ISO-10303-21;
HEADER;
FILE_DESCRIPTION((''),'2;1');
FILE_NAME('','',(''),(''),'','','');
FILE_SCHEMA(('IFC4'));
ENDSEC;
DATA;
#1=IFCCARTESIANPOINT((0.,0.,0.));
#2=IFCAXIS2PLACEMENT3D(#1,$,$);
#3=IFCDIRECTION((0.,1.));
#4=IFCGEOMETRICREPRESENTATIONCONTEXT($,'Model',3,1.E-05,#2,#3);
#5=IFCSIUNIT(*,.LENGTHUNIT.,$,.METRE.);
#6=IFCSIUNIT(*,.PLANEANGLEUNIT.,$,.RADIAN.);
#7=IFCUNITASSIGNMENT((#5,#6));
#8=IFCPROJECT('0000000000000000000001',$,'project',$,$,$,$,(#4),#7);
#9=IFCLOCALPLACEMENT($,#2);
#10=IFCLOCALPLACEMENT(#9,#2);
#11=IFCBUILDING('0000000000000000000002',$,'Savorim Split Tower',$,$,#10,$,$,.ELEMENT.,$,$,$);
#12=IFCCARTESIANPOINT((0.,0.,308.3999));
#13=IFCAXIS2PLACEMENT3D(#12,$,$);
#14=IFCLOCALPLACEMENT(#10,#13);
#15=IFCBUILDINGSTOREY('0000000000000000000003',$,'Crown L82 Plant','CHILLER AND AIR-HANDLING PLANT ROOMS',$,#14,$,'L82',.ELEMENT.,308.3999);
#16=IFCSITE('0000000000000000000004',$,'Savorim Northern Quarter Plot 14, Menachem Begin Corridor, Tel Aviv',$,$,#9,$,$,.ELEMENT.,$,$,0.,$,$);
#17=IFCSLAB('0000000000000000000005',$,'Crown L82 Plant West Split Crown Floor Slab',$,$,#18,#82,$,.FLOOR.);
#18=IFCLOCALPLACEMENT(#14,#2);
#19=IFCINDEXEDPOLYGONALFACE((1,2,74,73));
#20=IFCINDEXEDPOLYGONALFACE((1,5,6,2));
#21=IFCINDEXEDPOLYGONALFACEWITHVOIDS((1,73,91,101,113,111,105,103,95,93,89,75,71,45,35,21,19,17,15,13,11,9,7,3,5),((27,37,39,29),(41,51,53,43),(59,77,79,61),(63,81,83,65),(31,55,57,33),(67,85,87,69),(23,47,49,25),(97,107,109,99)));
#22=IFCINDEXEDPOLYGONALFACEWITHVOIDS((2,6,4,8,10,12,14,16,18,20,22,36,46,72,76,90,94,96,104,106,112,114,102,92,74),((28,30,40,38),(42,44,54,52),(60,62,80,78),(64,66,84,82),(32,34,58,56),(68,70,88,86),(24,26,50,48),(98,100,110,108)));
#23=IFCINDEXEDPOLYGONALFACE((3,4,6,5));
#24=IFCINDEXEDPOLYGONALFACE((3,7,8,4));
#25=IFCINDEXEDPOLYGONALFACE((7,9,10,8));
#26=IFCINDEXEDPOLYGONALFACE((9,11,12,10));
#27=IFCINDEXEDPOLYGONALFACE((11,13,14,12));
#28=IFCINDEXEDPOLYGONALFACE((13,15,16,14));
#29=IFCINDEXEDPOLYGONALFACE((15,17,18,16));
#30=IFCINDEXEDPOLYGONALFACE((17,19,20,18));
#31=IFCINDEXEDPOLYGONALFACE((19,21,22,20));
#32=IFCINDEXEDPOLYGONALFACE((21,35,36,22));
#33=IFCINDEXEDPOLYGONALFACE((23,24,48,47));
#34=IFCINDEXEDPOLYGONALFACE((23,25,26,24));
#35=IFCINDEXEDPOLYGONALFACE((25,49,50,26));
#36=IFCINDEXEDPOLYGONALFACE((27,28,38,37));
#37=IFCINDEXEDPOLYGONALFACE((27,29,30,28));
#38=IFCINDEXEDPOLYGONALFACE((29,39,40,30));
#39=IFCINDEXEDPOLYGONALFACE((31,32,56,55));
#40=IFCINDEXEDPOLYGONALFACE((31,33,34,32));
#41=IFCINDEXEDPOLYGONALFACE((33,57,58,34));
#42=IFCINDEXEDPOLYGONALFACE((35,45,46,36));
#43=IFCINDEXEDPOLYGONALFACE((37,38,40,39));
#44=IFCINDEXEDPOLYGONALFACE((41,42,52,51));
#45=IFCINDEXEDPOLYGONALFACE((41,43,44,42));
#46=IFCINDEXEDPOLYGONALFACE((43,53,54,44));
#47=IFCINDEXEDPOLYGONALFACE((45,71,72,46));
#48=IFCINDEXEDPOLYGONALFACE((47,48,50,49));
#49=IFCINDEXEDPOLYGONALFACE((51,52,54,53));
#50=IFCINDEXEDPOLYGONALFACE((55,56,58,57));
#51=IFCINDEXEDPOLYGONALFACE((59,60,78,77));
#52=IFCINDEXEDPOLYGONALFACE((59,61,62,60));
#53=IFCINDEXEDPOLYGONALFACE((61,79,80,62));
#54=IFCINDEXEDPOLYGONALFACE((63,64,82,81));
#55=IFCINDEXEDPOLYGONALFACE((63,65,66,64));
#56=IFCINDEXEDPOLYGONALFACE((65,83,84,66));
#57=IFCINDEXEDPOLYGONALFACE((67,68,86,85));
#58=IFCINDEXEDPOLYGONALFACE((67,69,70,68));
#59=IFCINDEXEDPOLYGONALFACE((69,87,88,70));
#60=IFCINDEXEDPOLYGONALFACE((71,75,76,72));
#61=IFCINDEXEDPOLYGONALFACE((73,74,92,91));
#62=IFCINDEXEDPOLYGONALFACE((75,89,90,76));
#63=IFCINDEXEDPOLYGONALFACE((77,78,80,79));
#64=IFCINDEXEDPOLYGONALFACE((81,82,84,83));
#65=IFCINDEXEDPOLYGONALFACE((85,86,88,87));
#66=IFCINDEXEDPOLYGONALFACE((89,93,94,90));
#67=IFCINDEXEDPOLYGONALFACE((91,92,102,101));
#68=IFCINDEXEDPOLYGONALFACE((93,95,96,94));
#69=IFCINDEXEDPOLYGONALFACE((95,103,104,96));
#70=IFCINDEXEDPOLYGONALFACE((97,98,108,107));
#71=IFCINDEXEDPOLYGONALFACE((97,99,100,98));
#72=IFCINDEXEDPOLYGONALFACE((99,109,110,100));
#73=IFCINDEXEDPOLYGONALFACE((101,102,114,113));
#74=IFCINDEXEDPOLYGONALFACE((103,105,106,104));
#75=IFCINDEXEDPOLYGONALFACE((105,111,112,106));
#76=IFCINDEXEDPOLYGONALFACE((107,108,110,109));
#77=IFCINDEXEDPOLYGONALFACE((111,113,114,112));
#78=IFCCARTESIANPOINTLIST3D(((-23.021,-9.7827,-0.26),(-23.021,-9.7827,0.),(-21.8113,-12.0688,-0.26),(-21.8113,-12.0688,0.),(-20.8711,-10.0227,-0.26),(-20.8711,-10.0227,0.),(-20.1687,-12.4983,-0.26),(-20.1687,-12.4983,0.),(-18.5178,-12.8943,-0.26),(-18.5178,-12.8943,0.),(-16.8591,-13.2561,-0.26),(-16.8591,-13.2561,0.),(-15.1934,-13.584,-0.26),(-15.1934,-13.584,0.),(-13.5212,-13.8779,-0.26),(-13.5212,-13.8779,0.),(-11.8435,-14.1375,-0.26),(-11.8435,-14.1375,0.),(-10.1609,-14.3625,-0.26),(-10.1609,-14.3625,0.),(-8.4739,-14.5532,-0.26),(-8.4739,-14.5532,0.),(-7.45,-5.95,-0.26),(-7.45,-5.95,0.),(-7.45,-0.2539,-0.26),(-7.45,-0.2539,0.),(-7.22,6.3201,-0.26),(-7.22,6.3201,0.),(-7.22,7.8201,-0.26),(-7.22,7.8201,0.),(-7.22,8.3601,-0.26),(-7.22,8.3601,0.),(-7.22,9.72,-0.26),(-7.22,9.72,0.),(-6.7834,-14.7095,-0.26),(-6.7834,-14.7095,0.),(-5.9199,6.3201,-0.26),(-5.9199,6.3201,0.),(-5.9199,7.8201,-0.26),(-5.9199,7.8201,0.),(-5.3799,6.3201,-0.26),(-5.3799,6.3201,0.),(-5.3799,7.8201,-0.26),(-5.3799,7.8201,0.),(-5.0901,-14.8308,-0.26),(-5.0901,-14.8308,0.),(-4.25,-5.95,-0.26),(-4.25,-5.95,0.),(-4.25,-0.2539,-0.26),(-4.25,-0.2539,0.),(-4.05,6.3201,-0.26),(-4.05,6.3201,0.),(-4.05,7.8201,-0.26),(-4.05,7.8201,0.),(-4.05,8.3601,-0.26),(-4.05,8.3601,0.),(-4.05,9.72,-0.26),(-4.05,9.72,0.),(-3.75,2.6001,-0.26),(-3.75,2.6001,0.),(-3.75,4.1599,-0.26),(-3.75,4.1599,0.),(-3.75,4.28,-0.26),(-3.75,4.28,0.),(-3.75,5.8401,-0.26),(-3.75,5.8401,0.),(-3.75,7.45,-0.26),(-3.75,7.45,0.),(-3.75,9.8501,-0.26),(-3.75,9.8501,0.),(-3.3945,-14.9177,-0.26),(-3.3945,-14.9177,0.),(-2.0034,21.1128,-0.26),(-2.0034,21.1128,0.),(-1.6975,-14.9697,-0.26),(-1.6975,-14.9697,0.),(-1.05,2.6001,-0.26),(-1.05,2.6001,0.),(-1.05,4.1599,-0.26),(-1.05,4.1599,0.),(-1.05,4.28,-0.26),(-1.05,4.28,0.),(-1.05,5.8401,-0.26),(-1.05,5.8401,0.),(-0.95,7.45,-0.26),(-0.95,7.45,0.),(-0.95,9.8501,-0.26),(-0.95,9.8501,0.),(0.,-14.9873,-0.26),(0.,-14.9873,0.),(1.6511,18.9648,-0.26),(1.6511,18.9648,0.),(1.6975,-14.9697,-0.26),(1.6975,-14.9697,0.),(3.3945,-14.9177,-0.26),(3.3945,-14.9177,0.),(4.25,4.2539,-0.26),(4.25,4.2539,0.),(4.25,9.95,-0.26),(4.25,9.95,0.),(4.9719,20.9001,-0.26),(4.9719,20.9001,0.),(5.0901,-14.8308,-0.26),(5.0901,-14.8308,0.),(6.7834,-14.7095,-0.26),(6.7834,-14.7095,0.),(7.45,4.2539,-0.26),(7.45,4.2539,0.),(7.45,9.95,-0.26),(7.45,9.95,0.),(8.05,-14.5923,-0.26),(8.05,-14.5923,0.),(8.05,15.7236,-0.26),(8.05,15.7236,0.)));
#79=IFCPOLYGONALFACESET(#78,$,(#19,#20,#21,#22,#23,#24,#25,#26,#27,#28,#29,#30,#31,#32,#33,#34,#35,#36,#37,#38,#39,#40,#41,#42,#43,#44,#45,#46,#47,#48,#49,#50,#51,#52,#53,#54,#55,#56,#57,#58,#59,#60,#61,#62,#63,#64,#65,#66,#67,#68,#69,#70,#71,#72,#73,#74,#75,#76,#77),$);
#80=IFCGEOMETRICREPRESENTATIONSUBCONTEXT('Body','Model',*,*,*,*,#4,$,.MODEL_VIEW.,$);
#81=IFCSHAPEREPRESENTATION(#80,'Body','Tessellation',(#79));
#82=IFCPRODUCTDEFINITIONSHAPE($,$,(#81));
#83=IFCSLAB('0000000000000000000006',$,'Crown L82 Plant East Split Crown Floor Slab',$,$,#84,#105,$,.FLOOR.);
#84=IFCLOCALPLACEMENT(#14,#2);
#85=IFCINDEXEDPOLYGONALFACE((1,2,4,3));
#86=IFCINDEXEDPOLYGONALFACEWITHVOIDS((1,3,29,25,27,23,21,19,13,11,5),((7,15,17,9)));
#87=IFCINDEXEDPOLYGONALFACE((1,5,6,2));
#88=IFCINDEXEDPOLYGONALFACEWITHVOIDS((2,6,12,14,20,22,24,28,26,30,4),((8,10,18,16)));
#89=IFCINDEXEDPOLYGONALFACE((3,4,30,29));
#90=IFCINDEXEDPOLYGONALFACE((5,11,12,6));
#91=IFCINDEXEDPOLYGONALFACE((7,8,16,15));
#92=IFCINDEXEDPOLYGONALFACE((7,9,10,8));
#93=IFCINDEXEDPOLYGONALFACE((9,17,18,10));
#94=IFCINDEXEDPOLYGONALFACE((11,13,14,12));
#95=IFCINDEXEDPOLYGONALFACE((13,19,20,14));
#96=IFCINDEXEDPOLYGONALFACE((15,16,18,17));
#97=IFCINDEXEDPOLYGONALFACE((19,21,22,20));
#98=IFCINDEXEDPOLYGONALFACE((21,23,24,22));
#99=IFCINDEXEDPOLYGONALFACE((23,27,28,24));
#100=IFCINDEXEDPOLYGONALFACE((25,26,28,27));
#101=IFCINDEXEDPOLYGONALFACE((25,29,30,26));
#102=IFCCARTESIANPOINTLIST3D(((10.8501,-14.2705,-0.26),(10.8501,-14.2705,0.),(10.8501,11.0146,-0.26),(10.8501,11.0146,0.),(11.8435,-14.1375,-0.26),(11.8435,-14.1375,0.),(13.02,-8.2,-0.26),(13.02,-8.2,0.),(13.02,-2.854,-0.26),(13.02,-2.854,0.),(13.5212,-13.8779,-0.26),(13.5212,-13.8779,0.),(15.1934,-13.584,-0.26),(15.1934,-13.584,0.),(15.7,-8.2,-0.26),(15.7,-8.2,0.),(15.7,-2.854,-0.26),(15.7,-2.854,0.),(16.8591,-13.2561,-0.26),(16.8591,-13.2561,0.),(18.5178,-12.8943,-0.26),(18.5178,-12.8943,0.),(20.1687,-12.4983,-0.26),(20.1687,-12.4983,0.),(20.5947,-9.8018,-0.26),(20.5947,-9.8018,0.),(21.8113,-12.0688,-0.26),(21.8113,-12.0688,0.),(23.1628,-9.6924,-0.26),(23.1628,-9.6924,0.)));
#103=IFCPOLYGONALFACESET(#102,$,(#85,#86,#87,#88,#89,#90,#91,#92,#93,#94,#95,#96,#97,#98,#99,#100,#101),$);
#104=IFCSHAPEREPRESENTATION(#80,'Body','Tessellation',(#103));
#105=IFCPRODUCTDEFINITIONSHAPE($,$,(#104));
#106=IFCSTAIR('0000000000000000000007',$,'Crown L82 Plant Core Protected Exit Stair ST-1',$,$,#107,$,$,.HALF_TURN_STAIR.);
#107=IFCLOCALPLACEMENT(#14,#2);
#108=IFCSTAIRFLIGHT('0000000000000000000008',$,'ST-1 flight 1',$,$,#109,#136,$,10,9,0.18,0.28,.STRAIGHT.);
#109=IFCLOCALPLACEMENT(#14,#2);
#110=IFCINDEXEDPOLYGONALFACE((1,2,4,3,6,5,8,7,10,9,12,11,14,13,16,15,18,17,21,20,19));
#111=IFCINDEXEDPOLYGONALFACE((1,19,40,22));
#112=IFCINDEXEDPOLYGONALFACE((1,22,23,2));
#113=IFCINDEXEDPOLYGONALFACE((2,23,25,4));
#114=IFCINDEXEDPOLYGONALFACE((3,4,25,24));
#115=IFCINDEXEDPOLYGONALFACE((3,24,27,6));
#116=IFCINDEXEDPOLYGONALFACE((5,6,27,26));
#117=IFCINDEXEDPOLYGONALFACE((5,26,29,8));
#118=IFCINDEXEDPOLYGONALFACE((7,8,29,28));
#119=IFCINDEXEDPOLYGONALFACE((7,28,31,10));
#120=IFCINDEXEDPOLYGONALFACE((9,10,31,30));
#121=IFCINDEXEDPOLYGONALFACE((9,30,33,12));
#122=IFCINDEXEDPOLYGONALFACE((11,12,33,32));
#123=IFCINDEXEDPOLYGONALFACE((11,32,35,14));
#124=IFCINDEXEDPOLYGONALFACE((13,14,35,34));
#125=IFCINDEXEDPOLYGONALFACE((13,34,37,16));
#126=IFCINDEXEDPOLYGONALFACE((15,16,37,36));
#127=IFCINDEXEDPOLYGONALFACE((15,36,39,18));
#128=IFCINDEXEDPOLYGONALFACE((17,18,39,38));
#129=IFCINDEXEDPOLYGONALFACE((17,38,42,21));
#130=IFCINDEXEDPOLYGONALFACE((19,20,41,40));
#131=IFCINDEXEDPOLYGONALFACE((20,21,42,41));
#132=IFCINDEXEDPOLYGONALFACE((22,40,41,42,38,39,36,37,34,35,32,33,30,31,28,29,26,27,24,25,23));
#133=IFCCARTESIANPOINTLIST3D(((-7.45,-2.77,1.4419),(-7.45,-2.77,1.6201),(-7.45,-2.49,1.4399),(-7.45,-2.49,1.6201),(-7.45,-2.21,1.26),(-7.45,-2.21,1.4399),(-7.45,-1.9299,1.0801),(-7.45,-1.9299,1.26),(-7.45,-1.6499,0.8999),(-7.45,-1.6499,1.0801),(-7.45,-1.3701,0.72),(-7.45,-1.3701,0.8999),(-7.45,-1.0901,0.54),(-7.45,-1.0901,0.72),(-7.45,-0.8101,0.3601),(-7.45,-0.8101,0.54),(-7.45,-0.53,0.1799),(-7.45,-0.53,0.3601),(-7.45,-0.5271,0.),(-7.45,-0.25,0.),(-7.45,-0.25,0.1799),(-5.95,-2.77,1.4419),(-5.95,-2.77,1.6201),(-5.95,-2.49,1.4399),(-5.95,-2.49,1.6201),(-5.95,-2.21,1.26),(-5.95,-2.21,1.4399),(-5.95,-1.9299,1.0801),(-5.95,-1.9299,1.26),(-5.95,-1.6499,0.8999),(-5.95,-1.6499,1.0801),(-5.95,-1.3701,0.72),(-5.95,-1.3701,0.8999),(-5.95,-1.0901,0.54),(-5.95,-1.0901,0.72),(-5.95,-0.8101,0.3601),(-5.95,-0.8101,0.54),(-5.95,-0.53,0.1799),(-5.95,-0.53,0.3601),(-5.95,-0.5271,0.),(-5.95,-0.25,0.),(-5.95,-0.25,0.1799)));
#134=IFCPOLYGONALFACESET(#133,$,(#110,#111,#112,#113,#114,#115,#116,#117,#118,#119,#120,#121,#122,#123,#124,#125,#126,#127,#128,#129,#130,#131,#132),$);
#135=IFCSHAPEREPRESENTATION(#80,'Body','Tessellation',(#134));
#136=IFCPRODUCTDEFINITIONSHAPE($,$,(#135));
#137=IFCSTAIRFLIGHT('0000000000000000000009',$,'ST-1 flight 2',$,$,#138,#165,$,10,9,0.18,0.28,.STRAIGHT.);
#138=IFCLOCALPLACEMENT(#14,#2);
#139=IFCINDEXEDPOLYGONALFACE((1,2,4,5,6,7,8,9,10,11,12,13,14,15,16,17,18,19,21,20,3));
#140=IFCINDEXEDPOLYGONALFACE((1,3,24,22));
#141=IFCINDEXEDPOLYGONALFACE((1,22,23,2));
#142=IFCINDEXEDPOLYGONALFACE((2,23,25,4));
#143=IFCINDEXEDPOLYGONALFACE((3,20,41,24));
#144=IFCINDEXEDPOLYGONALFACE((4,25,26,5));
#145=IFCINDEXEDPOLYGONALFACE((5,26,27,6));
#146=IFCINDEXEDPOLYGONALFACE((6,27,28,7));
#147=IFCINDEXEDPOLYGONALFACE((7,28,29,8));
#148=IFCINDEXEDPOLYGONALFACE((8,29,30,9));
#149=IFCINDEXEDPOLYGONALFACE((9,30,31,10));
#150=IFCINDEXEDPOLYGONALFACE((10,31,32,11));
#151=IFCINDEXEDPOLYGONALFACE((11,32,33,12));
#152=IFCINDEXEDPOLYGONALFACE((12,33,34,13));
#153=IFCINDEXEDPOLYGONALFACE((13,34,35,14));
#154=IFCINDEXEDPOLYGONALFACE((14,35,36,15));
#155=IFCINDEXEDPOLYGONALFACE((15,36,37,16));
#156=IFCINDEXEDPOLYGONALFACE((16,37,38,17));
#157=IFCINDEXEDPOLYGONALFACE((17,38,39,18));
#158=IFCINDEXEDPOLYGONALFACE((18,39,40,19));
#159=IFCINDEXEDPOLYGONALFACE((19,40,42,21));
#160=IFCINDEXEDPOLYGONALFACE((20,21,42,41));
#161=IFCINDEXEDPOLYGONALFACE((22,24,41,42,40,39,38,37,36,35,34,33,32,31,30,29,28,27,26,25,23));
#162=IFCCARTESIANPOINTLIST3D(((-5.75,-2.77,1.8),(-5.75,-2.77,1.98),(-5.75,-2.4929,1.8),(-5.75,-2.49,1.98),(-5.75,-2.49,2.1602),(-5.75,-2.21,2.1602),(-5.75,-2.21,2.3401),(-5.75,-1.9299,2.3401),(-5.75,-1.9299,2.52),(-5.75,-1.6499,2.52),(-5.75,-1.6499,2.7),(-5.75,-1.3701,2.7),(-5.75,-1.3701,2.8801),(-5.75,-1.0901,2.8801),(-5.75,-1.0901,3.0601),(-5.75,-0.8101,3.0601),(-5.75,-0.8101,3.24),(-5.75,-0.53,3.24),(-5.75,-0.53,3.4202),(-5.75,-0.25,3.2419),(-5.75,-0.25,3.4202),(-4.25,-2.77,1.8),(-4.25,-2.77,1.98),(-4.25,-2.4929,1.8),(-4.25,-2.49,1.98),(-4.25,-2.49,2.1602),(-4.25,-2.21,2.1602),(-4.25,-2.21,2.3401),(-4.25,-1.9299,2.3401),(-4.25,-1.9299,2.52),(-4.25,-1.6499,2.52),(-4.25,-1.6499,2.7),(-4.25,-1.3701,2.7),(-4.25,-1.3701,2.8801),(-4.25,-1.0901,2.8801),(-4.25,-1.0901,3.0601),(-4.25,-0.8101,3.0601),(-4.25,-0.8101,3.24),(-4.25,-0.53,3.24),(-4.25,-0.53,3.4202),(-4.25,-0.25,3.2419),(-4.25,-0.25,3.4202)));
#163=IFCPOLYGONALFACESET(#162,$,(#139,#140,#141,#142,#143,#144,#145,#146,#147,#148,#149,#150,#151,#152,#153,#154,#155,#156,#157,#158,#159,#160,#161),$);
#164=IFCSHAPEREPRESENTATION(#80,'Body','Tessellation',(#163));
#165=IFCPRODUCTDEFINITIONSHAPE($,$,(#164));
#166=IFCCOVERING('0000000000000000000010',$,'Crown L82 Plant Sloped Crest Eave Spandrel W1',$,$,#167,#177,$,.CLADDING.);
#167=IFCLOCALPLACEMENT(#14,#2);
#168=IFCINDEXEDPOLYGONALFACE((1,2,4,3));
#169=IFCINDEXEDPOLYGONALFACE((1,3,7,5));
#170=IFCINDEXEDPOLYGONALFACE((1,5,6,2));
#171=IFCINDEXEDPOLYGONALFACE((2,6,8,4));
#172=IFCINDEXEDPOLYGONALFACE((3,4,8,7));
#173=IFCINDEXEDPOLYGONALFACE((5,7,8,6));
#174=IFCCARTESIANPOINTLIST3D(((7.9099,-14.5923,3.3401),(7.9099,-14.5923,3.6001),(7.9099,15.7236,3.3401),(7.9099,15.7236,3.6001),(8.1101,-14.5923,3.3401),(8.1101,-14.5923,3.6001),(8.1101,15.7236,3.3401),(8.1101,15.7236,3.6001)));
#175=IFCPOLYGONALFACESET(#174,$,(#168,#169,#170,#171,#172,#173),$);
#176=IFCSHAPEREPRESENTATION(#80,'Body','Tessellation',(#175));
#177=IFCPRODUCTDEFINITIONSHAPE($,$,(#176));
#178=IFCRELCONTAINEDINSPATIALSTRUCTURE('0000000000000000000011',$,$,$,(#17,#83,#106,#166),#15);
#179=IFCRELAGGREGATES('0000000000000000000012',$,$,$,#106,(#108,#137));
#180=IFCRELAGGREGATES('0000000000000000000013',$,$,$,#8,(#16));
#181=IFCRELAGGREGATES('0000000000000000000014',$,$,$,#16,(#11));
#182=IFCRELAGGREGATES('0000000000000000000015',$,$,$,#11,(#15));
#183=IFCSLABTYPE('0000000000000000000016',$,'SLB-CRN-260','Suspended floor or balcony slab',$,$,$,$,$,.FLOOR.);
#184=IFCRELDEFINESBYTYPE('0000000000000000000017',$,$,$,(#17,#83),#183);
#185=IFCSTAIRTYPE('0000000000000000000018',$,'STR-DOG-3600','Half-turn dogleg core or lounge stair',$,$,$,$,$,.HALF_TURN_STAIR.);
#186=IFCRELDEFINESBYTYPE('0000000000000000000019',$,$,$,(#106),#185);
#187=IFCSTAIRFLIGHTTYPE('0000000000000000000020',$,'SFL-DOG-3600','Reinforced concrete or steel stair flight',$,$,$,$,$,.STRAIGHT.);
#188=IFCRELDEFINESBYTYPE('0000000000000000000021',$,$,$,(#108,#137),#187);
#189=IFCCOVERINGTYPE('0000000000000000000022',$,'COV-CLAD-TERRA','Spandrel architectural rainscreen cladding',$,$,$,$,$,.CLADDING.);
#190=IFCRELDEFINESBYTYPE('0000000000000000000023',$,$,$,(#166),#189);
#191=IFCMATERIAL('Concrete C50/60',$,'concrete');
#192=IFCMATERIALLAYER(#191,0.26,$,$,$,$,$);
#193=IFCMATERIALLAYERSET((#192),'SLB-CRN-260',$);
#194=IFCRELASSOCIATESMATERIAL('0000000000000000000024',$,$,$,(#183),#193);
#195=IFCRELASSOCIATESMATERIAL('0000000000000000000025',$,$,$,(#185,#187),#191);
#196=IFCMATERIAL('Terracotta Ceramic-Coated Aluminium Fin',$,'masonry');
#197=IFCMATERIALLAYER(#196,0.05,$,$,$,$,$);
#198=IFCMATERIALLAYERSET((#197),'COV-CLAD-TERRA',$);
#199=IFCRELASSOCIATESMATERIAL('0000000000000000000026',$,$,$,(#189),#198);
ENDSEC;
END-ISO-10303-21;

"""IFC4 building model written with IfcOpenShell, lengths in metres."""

from ifc_helpers import new_model, si_unit, direction, frame, origin, place, context, subcontext, project, spatial, polyline, outline, extrude, material, layer, layer_set, type_object, element, aggregate, save


model = new_model("IFC4")

# Units and contexts
model_context = context("Model", 3, precision=1e-05, world=origin(), true_north=direction((0.0, 1.0)))
body_context = subcontext(model_context, "Body", "Model", "MODEL_VIEW")
ifc_project = project(units=[si_unit("LENGTHUNIT", "METRE"), si_unit("PLANEANGLEUNIT", "RADIAN")], contexts=[model_context])

# Site, building, storey
site_placement = place(None, origin())
site = spatial("IfcSite", under=ifc_project, at=site_placement, Name="Savorim Northern Quarter Plot 14, Menachem Begin Corridor, Tel Aviv", CompositionType="ELEMENT", RefElevation=0.0)
building_placement = place(site_placement, origin())
building = spatial("IfcBuilding", under=site, at=building_placement, Name="Savorim Split Tower", CompositionType="ELEMENT")
storey_placement = place(building_placement, frame((0.0, 0.0, 308.3999)))
storey = spatial("IfcBuildingStorey", under=building, at=storey_placement, Name="Crown L82 Plant", Description="CHILLER AND AIR-HANDLING PLANT ROOMS", LongName="L82", CompositionType="ELEMENT", Elevation=308.3999)

# Slabs
ifc_material_1 = material(Name="Concrete C50/60", Category="concrete")
ifc_layer_1 = layer(ifc_material_1, 0.26)
ifc_layer_set_1 = layer_set([ifc_layer_1], Name="SLB-CRN-260")
slab_type = type_object("IfcSlabType", Name="SLB-CRN-260", Description="Suspended floor or balcony slab", PredefinedType="FLOOR", material=ifc_layer_set_1)
slab_1_placement = place(storey_placement, frame((0.0, 0.0, -0.26)))
element("IfcSlab", 1, at=slab_1_placement, inside=storey, type_object=slab_type, Name="Crown L82 Plant West Split Crown Floor Slab", PredefinedType="FLOOR", context=body_context, shape_type="SweptSolid", body=[
    extrude(outline(polyline([(8.05, -14.5923), (8.05, 15.7236), (4.9719, 20.9001), (1.6511, 18.9648), (-2.0034, 21.1128), (-23.021, -9.7827), (-20.8711, -10.0227), (-21.8113, -12.0688), (-20.1687, -12.4983), (-18.5178, -12.8943), (-16.8591, -13.2561), (-15.1934, -13.584), (-13.5212, -13.8779), (-11.8435, -14.1375), (-10.1609, -14.3625), (-8.4739, -14.5532), (-6.7834, -14.7095), (-5.0901, -14.8308), (-3.3945, -14.9177), (-1.6975, -14.9697), (0.0, -14.9873), (1.6975, -14.9697), (3.3945, -14.9177), (5.0901, -14.8308), (6.7834, -14.7095), (8.05, -14.5923)]), holes=[polyline([(-7.45, -0.2539), (-7.45, -5.95), (-4.25, -5.95), (-4.25, -0.2539), (-7.45, -0.2539)]), polyline([(7.45, 4.2539), (7.45, 9.95), (4.25, 9.95), (4.25, 4.2539), (7.45, 4.2539)]), polyline([(-3.75, 2.6001), (-1.05, 2.6001), (-1.05, 4.1599), (-3.75, 4.1599), (-3.75, 2.6001)]), polyline([(-3.75, 4.28), (-1.05, 4.28), (-1.05, 5.8401), (-3.75, 5.8401), (-3.75, 4.28)]), polyline([(-3.75, 7.45), (-0.95, 7.45), (-0.95, 9.8501), (-3.75, 9.8501), (-3.75, 7.45)]), polyline([(-7.22, 6.3201), (-5.9199, 6.3201), (-5.9199, 7.8201), (-7.22, 7.8201), (-7.22, 6.3201)]), polyline([(-5.3799, 6.3201), (-4.05, 6.3201), (-4.05, 7.8201), (-5.3799, 7.8201), (-5.3799, 6.3201)]), polyline([(-7.22, 8.3601), (-4.05, 8.3601), (-4.05, 9.72), (-7.22, 9.72), (-7.22, 8.3601)])]), origin(), (0.0, 0.0, 1.0), 0.26),
])
slab_2_placement = place(storey_placement, frame((0.0, 0.0, -0.26)))
element("IfcSlab", 2, at=slab_2_placement, inside=storey, type_object=slab_type, Name="Crown L82 Plant East Split Crown Floor Slab", PredefinedType="FLOOR", context=body_context, shape_type="SweptSolid", body=[
    extrude(outline(polyline([(10.8501, 11.0146), (10.8501, -14.2705), (11.8435, -14.1375), (13.5212, -13.8779), (15.1934, -13.584), (16.8591, -13.2561), (18.5178, -12.8943), (20.1687, -12.4983), (21.8113, -12.0688), (20.5947, -9.8018), (23.1628, -9.6924), (10.8501, 11.0146)]), holes=[polyline([(13.02, -2.854), (13.02, -8.2), (15.7, -8.2), (15.7, -2.854), (13.02, -2.854)])]), origin(), (0.0, 0.0, 1.0), 0.26),
])

# Stair, stair flights
stair_type = type_object("IfcStairType", Name="STR-DOG-3600", Description="Half-turn dogleg core or lounge stair", PredefinedType="HALF_TURN_STAIR", material=ifc_material_1)
stair_placement = place(storey_placement, origin())
stair = element("IfcStair", 3, at=stair_placement, inside=storey, type_object=stair_type, Name="Crown L82 Plant Core Protected Exit Stair ST-1", PredefinedType="HALF_TURN_STAIR")
stair_flight_type = type_object("IfcStairFlightType", Name="SFL-DOG-3600", Description="Reinforced concrete or steel stair flight", PredefinedType="STRAIGHT", material=ifc_material_1)
stair_flight_1_placement = place(storey_placement, frame((-6.7, -0.25, 0.0), z_axis=(0.0, 0.0, 1.0), x_axis=(0.0, -1.0, 0.0)))
stair_flight_1 = element("IfcStairFlight", 4, at=stair_flight_1_placement, type_object=stair_flight_type, Name="ST-1 flight 1", NumberOfRisers=10, NumberOfTreads=9, PredefinedType="STRAIGHT", RiserHeight=0.18, TreadLength=0.28, context=body_context, shape_type="SweptSolid", body=[
    extrude(outline(polyline([(0.0, 0.0), (0.0, 0.1799), (0.28, 0.1799), (0.28, 0.3601), (0.5601, 0.3601), (0.5601, 0.54), (0.8401, 0.54), (0.8401, 0.72), (1.1201, 0.72), (1.1201, 0.8999), (1.3999, 0.8999), (1.3999, 1.0801), (1.6799, 1.0801), (1.6799, 1.26), (1.96, 1.26), (1.96, 1.4399), (2.24, 1.4399), (2.24, 1.6201), (2.52, 1.6201), (2.52, 1.8), (2.52, 1.4419), (0.2771, 0.0), (0.0, 0.0)])), frame((0.0, 0.75, 0.0), z_axis=(0.0, -1.0, 0.0), x_axis=(1.0, 0.0, 0.0)), (0.0, 0.0, 1.0), 1.5),
])
stair_flight_2_placement = place(storey_placement, frame((-5.0, -2.77, 1.8), z_axis=(0.0, 0.0, 1.0), x_axis=(0.0, 1.0, 0.0)))
stair_flight_2 = element("IfcStairFlight", 5, at=stair_flight_2_placement, type_object=stair_flight_type, Name="ST-1 flight 2", NumberOfRisers=10, NumberOfTreads=9, PredefinedType="STRAIGHT", RiserHeight=0.18, TreadLength=0.28, context=body_context, shape_type="SweptSolid", body=[
    extrude(outline(polyline([(0.0, 0.0), (0.0, 0.1799), (0.28, 0.1799), (0.28, 0.3601), (0.5601, 0.3601), (0.5601, 0.54), (0.8401, 0.54), (0.8401, 0.72), (1.1201, 0.72), (1.1201, 0.8999), (1.3999, 0.8999), (1.3999, 1.0801), (1.6799, 1.0801), (1.6799, 1.26), (1.96, 1.26), (1.96, 1.4399), (2.24, 1.4399), (2.24, 1.6201), (2.52, 1.6201), (2.52, 1.8), (2.52, 1.4419), (0.2771, 0.0), (0.0, 0.0)])), frame((0.0, 0.75, 0.0), z_axis=(0.0, -1.0, 0.0), x_axis=(1.0, 0.0, 0.0)), (0.0, 0.0, 1.0), 1.5),
])
aggregate(stair, [stair_flight_1, stair_flight_2])

# Covering
ifc_material_2 = material(Name="Terracotta Ceramic-Coated Aluminium Fin", Category="masonry")
ifc_layer_2 = layer(ifc_material_2, 0.05)
ifc_layer_set_2 = layer_set([ifc_layer_2], Name="COV-CLAD-TERRA")
covering_type = type_object("IfcCoveringType", Name="COV-CLAD-TERRA", Description="Spandrel architectural rainscreen cladding", PredefinedType="CLADDING", material=ifc_layer_set_2)
covering_1_placement = place(storey_placement, frame((0.0, 0.0, 3.3401)))
element("IfcCovering", 6, at=covering_1_placement, inside=storey, type_object=covering_type, Name="Crown L82 Plant Sloped Crest Eave Spandrel W1", PredefinedType="CLADDING", context=body_context, shape_type="SweptSolid", body=[
    extrude(outline(polyline([(8.1101, -14.5923), (8.1101, 15.7236), (7.9099, 15.7236), (7.9099, -14.5923), (8.1101, -14.5923)])), origin(), (0.0, 0.0, 1.0), 0.26),
])

save(model, "model.ifc")
